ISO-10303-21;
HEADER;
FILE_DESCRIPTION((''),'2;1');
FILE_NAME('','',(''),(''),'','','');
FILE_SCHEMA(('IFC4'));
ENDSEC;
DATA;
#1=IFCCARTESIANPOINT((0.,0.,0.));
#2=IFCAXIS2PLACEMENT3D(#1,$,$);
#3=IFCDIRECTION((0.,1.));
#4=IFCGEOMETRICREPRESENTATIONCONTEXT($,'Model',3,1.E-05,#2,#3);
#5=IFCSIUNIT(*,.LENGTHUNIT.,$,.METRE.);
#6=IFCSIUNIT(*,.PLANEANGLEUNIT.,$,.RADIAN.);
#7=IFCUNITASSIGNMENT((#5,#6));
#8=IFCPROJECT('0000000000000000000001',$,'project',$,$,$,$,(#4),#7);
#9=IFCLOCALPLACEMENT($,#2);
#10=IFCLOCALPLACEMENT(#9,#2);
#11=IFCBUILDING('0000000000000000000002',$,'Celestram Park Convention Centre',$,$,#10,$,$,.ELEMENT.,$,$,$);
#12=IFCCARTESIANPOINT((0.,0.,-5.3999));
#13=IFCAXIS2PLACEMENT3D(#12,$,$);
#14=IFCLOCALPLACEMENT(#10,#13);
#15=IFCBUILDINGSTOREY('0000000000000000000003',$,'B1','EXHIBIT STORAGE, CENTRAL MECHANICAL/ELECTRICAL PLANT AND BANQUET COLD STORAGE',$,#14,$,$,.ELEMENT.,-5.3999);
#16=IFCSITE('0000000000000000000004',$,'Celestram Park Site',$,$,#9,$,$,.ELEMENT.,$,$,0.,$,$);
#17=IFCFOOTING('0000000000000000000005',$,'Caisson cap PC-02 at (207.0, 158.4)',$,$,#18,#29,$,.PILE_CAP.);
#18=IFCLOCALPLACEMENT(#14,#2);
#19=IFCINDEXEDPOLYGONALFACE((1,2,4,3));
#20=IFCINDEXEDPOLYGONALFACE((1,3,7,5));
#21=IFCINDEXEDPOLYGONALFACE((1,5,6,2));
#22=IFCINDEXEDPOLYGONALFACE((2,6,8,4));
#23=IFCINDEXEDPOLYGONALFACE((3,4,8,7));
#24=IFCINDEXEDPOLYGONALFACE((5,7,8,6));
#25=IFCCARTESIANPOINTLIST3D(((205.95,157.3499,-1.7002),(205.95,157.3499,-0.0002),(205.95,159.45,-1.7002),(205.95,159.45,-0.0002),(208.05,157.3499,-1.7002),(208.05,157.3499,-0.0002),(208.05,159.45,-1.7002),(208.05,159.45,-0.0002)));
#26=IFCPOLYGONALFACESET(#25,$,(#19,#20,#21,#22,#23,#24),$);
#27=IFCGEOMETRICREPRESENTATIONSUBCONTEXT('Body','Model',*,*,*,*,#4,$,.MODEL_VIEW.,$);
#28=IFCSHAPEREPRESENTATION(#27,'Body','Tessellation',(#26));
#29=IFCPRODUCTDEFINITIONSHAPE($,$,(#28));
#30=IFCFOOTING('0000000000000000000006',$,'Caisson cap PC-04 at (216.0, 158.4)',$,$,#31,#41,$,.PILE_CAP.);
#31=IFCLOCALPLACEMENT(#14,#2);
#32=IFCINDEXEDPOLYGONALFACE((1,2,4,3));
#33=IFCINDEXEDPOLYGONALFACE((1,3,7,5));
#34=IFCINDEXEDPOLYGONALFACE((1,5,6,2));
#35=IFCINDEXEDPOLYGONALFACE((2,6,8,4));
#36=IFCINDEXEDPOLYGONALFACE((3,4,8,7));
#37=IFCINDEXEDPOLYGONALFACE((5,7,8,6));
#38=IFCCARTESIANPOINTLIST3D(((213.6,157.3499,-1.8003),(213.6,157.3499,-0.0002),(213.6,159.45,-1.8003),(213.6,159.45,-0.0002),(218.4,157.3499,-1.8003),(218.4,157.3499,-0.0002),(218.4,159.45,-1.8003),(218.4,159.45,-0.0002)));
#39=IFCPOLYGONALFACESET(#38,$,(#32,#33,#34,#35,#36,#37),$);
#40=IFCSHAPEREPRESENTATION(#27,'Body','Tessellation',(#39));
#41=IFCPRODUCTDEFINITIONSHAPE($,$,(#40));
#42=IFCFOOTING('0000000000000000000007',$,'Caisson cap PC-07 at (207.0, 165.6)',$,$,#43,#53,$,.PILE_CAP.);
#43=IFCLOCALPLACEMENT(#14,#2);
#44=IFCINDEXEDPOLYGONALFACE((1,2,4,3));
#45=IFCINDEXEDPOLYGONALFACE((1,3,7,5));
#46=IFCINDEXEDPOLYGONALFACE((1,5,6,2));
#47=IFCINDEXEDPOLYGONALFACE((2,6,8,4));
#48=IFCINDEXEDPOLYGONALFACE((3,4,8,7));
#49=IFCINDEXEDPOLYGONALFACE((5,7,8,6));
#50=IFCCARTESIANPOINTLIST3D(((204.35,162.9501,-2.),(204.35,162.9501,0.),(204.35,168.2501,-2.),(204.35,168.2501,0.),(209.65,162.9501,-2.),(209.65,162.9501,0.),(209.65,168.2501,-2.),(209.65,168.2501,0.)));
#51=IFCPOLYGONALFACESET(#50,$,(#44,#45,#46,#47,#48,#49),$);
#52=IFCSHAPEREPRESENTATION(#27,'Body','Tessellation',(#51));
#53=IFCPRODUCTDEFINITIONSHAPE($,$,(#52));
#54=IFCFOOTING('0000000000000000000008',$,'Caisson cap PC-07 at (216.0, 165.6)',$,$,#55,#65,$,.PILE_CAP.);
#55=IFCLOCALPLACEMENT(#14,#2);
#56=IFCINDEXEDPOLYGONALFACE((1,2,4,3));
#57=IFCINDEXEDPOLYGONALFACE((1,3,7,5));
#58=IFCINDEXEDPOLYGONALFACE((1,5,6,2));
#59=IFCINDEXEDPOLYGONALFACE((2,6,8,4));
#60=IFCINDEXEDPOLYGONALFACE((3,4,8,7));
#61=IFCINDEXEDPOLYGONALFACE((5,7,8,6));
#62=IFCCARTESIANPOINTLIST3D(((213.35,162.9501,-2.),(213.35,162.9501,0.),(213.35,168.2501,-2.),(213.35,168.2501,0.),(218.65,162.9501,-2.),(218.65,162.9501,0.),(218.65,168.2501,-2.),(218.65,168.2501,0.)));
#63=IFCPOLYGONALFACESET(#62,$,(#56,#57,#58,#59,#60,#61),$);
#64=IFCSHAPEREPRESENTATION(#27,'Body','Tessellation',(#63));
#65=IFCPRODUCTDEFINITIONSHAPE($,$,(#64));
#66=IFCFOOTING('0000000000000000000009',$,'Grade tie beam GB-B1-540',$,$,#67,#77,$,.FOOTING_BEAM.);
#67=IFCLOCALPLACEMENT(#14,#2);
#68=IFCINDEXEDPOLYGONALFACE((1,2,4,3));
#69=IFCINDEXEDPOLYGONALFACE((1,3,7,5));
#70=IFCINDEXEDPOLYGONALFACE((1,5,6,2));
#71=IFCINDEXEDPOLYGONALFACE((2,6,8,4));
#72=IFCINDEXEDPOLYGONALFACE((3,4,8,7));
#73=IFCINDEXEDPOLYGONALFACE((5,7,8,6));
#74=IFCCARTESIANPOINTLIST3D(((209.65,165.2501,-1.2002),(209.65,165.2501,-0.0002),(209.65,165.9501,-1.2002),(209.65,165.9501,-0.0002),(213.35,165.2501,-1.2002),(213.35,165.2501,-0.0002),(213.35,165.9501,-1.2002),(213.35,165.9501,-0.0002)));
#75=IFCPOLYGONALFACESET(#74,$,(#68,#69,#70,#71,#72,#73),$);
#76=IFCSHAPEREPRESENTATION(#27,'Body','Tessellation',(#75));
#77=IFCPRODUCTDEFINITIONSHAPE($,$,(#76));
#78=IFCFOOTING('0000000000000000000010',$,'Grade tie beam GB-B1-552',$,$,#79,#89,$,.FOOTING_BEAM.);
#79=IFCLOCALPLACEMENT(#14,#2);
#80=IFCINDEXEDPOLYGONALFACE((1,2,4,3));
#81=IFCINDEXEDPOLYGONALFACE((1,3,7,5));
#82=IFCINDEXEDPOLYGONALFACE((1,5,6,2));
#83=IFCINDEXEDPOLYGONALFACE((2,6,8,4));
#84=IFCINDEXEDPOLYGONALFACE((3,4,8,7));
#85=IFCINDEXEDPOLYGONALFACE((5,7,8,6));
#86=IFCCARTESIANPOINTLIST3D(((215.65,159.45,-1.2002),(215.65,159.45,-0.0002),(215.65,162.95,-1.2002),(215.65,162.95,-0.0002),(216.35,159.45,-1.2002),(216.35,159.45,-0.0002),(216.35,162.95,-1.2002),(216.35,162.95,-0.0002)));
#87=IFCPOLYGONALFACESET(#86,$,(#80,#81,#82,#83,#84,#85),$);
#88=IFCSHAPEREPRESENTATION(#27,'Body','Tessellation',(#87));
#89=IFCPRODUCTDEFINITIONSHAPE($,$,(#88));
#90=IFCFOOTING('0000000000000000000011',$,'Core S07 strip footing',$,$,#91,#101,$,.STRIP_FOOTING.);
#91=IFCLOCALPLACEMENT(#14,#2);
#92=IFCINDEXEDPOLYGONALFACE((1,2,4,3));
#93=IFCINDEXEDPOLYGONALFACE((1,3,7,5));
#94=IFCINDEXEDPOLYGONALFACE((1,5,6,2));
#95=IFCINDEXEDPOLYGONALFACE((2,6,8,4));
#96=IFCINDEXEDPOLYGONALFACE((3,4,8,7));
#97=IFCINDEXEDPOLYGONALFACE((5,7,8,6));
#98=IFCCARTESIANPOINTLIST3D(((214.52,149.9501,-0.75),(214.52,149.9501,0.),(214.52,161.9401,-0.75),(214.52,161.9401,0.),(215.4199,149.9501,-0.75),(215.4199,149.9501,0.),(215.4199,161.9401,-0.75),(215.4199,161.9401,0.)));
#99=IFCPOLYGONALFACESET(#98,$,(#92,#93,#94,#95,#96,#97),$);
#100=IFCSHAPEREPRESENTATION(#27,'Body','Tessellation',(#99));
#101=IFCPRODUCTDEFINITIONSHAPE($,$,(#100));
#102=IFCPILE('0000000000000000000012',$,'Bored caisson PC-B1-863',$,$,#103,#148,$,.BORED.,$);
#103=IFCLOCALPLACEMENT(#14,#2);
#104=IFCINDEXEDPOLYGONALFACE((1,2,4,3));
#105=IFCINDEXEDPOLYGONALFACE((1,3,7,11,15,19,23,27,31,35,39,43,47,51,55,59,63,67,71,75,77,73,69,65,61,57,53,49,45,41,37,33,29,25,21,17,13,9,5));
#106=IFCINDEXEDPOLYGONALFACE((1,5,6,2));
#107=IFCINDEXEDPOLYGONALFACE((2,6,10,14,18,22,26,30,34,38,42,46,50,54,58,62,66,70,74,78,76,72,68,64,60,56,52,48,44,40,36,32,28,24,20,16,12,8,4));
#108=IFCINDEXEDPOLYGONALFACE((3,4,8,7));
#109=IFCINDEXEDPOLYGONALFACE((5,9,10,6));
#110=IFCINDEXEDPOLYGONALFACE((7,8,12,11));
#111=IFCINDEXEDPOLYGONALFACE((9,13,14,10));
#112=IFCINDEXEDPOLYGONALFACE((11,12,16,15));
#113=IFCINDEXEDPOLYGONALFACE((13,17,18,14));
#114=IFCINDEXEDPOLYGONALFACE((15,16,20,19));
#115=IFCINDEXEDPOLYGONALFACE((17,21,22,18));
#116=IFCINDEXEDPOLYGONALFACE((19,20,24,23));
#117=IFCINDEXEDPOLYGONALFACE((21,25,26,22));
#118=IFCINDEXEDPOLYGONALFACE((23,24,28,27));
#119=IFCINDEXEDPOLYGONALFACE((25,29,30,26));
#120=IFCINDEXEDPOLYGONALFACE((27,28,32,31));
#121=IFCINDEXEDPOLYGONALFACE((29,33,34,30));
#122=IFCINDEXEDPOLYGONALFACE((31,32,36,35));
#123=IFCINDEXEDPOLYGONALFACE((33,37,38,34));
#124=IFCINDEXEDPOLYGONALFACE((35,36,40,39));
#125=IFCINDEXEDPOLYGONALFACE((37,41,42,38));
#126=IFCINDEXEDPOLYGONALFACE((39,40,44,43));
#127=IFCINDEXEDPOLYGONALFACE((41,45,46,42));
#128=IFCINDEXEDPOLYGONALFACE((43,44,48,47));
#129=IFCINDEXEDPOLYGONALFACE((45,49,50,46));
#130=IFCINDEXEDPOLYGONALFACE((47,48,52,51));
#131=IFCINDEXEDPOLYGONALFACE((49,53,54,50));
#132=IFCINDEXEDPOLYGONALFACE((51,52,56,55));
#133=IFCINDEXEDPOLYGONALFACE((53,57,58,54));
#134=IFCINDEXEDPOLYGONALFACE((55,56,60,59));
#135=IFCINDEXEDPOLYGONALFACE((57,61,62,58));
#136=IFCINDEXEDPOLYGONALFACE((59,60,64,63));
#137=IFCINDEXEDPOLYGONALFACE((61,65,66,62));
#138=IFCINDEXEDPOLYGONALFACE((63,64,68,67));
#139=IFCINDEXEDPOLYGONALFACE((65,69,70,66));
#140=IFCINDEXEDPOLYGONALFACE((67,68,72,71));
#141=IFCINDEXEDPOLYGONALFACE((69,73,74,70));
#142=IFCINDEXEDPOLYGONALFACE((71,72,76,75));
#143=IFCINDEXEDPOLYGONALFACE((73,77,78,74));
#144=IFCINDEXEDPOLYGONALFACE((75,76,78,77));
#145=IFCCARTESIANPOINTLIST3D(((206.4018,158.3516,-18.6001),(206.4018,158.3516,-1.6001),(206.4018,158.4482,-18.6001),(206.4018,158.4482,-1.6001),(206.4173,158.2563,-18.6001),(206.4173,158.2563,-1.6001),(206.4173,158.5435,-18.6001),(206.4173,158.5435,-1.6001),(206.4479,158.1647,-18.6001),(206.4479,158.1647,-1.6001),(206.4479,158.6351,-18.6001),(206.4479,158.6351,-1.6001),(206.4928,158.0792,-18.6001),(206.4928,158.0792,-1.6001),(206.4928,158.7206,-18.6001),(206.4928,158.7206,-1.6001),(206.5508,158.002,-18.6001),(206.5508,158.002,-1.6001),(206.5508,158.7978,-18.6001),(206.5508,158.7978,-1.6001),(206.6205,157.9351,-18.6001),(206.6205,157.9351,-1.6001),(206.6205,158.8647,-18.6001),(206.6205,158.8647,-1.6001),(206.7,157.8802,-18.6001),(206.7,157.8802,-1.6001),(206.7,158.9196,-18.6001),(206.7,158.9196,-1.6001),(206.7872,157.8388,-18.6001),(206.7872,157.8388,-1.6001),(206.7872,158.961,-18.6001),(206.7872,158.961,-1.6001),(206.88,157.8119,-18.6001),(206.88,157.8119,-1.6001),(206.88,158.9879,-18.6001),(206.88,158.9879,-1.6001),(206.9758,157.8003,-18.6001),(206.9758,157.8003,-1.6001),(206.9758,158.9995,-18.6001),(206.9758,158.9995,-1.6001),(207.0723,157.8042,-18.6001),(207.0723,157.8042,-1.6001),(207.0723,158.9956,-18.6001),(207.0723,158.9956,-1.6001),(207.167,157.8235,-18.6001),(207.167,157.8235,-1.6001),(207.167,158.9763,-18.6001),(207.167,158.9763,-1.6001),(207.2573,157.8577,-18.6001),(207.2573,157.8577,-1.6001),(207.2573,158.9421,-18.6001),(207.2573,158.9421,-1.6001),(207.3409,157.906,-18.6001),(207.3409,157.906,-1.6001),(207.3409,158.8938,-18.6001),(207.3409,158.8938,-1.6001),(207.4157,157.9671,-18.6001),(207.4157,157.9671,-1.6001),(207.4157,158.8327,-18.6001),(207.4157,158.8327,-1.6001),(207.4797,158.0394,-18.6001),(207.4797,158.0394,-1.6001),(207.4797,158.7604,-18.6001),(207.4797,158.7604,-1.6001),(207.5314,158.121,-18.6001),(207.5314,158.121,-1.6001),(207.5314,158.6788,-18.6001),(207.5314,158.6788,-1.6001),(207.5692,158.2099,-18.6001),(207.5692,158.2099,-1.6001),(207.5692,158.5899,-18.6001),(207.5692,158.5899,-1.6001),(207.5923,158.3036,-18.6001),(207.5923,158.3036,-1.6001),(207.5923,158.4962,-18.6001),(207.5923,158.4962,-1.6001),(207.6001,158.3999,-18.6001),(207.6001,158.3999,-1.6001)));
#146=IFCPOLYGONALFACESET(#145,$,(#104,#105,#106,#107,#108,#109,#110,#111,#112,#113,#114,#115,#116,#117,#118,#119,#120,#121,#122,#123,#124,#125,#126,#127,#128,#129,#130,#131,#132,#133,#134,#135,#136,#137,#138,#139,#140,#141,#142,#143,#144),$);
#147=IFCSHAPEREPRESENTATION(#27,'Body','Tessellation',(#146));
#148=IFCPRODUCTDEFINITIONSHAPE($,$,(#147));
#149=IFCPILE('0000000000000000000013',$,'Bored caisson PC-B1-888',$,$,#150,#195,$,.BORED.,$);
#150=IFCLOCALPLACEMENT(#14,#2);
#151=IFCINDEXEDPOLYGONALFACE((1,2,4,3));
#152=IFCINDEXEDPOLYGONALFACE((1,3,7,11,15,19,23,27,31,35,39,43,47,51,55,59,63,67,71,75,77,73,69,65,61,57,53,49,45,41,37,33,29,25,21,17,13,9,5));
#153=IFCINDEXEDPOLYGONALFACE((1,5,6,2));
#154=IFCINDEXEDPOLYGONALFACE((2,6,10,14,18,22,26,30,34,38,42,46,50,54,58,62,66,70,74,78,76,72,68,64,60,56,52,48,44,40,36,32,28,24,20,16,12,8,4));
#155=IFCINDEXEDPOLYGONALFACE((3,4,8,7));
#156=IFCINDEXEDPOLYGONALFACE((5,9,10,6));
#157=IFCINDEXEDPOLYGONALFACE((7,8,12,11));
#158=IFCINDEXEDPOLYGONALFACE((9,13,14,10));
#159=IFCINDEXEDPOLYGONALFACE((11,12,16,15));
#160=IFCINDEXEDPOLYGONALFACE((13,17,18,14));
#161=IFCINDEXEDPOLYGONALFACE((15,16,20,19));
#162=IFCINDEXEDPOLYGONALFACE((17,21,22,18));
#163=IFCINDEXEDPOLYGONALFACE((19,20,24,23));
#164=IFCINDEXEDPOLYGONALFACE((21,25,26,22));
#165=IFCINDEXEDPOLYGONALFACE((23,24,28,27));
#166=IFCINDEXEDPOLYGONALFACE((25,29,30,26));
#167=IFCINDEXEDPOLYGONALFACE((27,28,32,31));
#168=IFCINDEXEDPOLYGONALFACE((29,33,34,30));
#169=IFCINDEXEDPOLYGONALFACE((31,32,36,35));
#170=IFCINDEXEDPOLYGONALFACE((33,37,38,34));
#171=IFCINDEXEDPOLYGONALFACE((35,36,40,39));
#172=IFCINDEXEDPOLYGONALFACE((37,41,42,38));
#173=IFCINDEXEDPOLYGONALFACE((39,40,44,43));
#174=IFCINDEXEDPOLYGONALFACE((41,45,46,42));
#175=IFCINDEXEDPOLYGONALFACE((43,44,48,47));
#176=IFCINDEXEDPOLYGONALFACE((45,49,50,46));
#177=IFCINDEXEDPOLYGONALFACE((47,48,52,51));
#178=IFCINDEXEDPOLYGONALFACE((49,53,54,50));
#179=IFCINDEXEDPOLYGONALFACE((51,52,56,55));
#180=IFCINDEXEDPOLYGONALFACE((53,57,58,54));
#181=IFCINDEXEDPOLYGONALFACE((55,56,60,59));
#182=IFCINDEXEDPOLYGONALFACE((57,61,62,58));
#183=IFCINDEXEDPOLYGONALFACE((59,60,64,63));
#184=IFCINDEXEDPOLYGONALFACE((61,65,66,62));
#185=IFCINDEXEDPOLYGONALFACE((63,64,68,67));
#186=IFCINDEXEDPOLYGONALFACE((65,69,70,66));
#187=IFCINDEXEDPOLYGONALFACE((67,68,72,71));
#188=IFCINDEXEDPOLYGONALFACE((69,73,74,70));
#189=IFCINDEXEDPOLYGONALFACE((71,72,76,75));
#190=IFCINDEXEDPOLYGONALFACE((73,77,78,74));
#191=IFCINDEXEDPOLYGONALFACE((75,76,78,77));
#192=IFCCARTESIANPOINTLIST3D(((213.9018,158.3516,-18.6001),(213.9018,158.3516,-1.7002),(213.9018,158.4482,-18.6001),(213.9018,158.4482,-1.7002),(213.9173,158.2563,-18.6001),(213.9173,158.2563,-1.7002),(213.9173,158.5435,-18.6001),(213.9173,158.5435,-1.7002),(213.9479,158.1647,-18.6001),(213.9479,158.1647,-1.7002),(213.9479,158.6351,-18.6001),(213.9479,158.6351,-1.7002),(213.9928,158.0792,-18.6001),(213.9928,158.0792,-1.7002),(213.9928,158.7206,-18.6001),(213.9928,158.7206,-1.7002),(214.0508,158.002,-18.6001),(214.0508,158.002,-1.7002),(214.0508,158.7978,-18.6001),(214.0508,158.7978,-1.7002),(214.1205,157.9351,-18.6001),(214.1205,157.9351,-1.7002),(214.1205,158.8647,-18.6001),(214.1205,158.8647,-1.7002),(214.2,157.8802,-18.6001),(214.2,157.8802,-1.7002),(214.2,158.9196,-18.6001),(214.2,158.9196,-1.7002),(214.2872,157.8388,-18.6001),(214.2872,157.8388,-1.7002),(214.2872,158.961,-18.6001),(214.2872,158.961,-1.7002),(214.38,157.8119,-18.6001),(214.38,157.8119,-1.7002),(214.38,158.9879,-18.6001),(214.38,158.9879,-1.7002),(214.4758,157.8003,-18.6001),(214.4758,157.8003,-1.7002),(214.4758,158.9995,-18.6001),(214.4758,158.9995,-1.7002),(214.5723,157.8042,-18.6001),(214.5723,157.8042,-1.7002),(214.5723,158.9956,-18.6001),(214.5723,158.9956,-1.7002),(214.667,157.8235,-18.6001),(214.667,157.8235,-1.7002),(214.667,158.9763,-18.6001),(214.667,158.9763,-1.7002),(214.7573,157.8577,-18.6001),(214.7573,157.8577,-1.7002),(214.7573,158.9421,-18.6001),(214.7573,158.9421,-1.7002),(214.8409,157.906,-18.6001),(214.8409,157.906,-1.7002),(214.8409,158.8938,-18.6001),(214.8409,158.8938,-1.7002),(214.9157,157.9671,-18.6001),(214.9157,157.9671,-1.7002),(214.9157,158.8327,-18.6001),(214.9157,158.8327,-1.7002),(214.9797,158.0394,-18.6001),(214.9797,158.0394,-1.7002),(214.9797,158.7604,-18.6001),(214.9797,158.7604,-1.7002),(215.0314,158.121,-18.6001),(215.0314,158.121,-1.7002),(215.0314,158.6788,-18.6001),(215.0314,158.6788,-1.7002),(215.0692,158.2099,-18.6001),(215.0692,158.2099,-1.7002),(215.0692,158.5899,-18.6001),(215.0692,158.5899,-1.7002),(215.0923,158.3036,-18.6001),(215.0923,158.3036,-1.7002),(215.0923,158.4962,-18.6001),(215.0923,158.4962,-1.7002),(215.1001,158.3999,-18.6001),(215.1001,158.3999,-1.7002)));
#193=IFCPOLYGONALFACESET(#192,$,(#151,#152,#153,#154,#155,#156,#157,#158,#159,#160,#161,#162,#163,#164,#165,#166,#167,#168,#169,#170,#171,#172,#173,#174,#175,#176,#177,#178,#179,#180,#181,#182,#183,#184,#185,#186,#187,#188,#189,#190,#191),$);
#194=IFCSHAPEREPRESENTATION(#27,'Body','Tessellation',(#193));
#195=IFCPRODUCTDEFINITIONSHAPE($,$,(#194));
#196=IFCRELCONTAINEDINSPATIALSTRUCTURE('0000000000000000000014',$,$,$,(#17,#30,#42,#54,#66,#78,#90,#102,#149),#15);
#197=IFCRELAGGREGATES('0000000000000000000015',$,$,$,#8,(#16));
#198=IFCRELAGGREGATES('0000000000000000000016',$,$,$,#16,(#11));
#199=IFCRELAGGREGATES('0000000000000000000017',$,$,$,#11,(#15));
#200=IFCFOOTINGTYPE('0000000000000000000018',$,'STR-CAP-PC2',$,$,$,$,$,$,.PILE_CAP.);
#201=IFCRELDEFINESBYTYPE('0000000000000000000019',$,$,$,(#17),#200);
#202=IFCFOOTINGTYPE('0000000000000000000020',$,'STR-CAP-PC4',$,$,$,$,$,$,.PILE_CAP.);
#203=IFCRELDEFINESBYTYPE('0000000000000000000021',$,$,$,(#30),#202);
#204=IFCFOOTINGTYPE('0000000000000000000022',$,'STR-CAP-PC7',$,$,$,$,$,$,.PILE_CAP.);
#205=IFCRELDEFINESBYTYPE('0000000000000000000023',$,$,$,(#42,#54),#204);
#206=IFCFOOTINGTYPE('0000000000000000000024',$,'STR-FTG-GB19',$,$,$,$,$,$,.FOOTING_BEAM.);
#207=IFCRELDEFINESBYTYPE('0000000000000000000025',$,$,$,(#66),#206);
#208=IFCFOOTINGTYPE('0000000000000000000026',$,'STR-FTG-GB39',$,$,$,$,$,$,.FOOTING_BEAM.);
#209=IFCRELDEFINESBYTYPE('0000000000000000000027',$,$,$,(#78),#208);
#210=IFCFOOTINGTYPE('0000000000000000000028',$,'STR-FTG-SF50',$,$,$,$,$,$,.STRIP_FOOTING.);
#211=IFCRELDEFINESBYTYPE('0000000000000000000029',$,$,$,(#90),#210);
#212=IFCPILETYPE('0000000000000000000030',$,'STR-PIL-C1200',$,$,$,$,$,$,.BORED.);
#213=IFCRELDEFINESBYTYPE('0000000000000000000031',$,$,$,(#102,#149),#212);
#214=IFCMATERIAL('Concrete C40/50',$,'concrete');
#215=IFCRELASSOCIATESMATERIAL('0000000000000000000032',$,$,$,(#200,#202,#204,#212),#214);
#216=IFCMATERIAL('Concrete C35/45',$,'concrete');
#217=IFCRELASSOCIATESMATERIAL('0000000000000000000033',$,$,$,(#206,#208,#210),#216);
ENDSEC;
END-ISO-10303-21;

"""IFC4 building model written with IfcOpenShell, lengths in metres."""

from ifc_helpers import new_model, si_unit, direction, frame, origin, origin_2d, place, context, subcontext, project, spatial, rectangle, circle, extrude, material, material_profile, profile_set, type_object, element, save


model = new_model("IFC4")

# Units and contexts
model_context = context("Model", 3, precision=1e-05, world=origin(), true_north=direction((0.0, 1.0)))
body_context = subcontext(model_context, "Body", "Model", "MODEL_VIEW")
ifc_project = project(units=[si_unit("LENGTHUNIT", "METRE"), si_unit("PLANEANGLEUNIT", "RADIAN")], contexts=[model_context])

# Site, building, storey
site_placement = place(None, origin())
site = spatial("IfcSite", under=ifc_project, at=site_placement, Name="Celestram Park Site", CompositionType="ELEMENT", RefElevation=0.0)
building_placement = place(site_placement, origin())
building = spatial("IfcBuilding", under=site, at=building_placement, Name="Celestram Park Convention Centre", CompositionType="ELEMENT")
storey_placement = place(building_placement, frame((0.0, 0.0, -5.3999)))
storey = spatial("IfcBuildingStorey", under=building, at=storey_placement, Name="B1", Description="EXHIBIT STORAGE, CENTRAL MECHANICAL/ELECTRICAL PLANT AND BANQUET COLD STORAGE", CompositionType="ELEMENT", Elevation=-5.3999)

# Footings
ifc_material_1 = material(Name="Concrete C40/50", Category="concrete")
footing_type_1 = type_object("IfcFootingType", Name="STR-CAP-PC2", PredefinedType="PILE_CAP", material=ifc_material_1)
footing_1_placement = place(storey_placement, frame((207.0, 158.3999, -1.7002), z_axis=(0.0, 0.0, 1.0), x_axis=(1.0, 0.0, 0.0)))
element("IfcFooting", 1, at=footing_1_placement, inside=storey, type_object=footing_type_1, Name="Caisson cap PC-02 at (207.0, 158.4)", PredefinedType="PILE_CAP", context=body_context, shape_type="SweptSolid", body=[
    extrude(rectangle(XDim=2.1001, YDim=2.1001, at=origin_2d()), origin(), (0.0, 0.0, 1.0), 1.7),
])
footing_type_2 = type_object("IfcFootingType", Name="STR-CAP-PC4", PredefinedType="PILE_CAP", material=ifc_material_1)
footing_2_placement = place(storey_placement, frame((216.0, 158.3999, -1.8003), z_axis=(0.0, 0.0, 1.0), x_axis=(1.0, 0.0, 0.0)))
element("IfcFooting", 2, at=footing_2_placement, inside=storey, type_object=footing_type_2, Name="Caisson cap PC-04 at (216.0, 158.4)", PredefinedType="PILE_CAP", context=body_context, shape_type="SweptSolid", body=[
    extrude(rectangle(XDim=4.8, YDim=2.1001, at=origin_2d()), origin(), (0.0, 0.0, 1.0), 1.8),
])
footing_type_3 = type_object("IfcFootingType", Name="STR-CAP-PC7", PredefinedType="PILE_CAP", material=ifc_material_1)
for number, where, z_axis, x_axis, name in (
    (3, (207.0, 165.6001, -2.0), (0.0, 0.0, 1.0), (1.0, 0.0, 0.0), "Caisson cap PC-07 at (207.0, 165.6)"),
    (4, (216.0, 165.6001, -2.0), (0.0, 0.0, 1.0), (1.0, 0.0, 0.0), "Caisson cap PC-07 at (216.0, 165.6)"),
):
    element("IfcFooting", number, at=place(storey_placement, frame(where, z_axis=z_axis, x_axis=x_axis)), inside=storey, type_object=footing_type_3, Name=name, PredefinedType="PILE_CAP", context=body_context, shape_type="SweptSolid", body=[
        extrude(rectangle(XDim=5.3, YDim=5.3, at=origin_2d()), origin(), (0.0, 0.0, 1.0), 2.0),
    ])
ifc_material_2 = material(Name="Concrete C35/45", Category="concrete")
footing_type_4 = type_object("IfcFootingType", Name="STR-FTG-GB19", PredefinedType="FOOTING_BEAM", material=ifc_material_2)
footing_3_placement = place(storey_placement, frame((211.5, 165.6001, -1.2002), z_axis=(0.0, 0.0, 1.0), x_axis=(1.0, 0.0, 0.0)))
element("IfcFooting", 5, at=footing_3_placement, inside=storey, type_object=footing_type_4, Name="Grade tie beam GB-B1-540", PredefinedType="FOOTING_BEAM", context=body_context, shape_type="SweptSolid", body=[
    extrude(rectangle(XDim=3.7, YDim=0.7, at=origin_2d()), origin(), (0.0, 0.0, 1.0), 1.2),
])
footing_type_5 = type_object("IfcFootingType", Name="STR-FTG-GB39", PredefinedType="FOOTING_BEAM", material=ifc_material_2)
footing_4_placement = place(storey_placement, frame((216.0, 161.2, -1.2002), z_axis=(0.0, 0.0, 1.0), x_axis=(0.0, 1.0, 0.0)))
element("IfcFooting", 6, at=footing_4_placement, inside=storey, type_object=footing_type_5, Name="Grade tie beam GB-B1-552", PredefinedType="FOOTING_BEAM", context=body_context, shape_type="SweptSolid", body=[
    extrude(rectangle(XDim=3.5, YDim=0.7, at=origin_2d()), origin(), (0.0, 0.0, 1.0), 1.2),
])
footing_type_6 = type_object("IfcFootingType", Name="STR-FTG-SF50", PredefinedType="STRIP_FOOTING", material=ifc_material_2)
footing_5_placement = place(storey_placement, frame((214.97, 155.9451, -0.75), z_axis=(0.0, 0.0, 1.0), x_axis=(0.0, 1.0, 0.0)))
element("IfcFooting", 7, at=footing_5_placement, inside=storey, type_object=footing_type_6, Name="Core S07 strip footing", PredefinedType="STRIP_FOOTING", context=body_context, shape_type="SweptSolid", body=[
    extrude(rectangle(XDim=11.99, YDim=0.8999, at=origin_2d()), origin(), (0.0, 0.0, 1.0), 0.75),
])

# Piles
ifc_material_profile_1 = material_profile(ifc_material_1, circle(Radius=0.6001, at=origin_2d()), Name="CAISSON1200")
ifc_profile_set_1 = profile_set([ifc_material_profile_1], Name="Concrete C40/50")
pile_type_1 = type_object("IfcPileType", Name="STR-PIL-C1200", PredefinedType="BORED", material=ifc_profile_set_1)
pile_placement = place(storey_placement, frame((207.0, 158.3999, -1.6001), z_axis=(0.0, 0.0, -1.0), x_axis=(1.0, 0.0, 0.0)))
element("IfcPile", 8, at=pile_placement, inside=storey, type_object=pile_type_1, Name="Bored caisson PC-B1-863", PredefinedType="BORED", context=body_context, shape_type="SweptSolid", body=[
    extrude(circle(Radius=0.6001, at=origin_2d()), origin(), (0.0, 0.0, 1.0), 17.0),
])
for number, where, z_axis, x_axis, name in (
    (9, (214.5, 158.3999, -1.7002), (0.0, 0.0, -1.0), (1.0, 0.0, 0.0), "Bored caisson PC-B1-888"),
):
    element("IfcPile", number, at=place(storey_placement, frame(where, z_axis=z_axis, x_axis=x_axis)), inside=storey, type_object=pile_type_1, Name=name, PredefinedType="BORED", context=body_context, shape_type="SweptSolid", body=[
        extrude(circle(Radius=0.6001, at=origin_2d()), origin(), (0.0, 0.0, 1.0), 16.8999),
    ])

save(model, "model.ifc")
